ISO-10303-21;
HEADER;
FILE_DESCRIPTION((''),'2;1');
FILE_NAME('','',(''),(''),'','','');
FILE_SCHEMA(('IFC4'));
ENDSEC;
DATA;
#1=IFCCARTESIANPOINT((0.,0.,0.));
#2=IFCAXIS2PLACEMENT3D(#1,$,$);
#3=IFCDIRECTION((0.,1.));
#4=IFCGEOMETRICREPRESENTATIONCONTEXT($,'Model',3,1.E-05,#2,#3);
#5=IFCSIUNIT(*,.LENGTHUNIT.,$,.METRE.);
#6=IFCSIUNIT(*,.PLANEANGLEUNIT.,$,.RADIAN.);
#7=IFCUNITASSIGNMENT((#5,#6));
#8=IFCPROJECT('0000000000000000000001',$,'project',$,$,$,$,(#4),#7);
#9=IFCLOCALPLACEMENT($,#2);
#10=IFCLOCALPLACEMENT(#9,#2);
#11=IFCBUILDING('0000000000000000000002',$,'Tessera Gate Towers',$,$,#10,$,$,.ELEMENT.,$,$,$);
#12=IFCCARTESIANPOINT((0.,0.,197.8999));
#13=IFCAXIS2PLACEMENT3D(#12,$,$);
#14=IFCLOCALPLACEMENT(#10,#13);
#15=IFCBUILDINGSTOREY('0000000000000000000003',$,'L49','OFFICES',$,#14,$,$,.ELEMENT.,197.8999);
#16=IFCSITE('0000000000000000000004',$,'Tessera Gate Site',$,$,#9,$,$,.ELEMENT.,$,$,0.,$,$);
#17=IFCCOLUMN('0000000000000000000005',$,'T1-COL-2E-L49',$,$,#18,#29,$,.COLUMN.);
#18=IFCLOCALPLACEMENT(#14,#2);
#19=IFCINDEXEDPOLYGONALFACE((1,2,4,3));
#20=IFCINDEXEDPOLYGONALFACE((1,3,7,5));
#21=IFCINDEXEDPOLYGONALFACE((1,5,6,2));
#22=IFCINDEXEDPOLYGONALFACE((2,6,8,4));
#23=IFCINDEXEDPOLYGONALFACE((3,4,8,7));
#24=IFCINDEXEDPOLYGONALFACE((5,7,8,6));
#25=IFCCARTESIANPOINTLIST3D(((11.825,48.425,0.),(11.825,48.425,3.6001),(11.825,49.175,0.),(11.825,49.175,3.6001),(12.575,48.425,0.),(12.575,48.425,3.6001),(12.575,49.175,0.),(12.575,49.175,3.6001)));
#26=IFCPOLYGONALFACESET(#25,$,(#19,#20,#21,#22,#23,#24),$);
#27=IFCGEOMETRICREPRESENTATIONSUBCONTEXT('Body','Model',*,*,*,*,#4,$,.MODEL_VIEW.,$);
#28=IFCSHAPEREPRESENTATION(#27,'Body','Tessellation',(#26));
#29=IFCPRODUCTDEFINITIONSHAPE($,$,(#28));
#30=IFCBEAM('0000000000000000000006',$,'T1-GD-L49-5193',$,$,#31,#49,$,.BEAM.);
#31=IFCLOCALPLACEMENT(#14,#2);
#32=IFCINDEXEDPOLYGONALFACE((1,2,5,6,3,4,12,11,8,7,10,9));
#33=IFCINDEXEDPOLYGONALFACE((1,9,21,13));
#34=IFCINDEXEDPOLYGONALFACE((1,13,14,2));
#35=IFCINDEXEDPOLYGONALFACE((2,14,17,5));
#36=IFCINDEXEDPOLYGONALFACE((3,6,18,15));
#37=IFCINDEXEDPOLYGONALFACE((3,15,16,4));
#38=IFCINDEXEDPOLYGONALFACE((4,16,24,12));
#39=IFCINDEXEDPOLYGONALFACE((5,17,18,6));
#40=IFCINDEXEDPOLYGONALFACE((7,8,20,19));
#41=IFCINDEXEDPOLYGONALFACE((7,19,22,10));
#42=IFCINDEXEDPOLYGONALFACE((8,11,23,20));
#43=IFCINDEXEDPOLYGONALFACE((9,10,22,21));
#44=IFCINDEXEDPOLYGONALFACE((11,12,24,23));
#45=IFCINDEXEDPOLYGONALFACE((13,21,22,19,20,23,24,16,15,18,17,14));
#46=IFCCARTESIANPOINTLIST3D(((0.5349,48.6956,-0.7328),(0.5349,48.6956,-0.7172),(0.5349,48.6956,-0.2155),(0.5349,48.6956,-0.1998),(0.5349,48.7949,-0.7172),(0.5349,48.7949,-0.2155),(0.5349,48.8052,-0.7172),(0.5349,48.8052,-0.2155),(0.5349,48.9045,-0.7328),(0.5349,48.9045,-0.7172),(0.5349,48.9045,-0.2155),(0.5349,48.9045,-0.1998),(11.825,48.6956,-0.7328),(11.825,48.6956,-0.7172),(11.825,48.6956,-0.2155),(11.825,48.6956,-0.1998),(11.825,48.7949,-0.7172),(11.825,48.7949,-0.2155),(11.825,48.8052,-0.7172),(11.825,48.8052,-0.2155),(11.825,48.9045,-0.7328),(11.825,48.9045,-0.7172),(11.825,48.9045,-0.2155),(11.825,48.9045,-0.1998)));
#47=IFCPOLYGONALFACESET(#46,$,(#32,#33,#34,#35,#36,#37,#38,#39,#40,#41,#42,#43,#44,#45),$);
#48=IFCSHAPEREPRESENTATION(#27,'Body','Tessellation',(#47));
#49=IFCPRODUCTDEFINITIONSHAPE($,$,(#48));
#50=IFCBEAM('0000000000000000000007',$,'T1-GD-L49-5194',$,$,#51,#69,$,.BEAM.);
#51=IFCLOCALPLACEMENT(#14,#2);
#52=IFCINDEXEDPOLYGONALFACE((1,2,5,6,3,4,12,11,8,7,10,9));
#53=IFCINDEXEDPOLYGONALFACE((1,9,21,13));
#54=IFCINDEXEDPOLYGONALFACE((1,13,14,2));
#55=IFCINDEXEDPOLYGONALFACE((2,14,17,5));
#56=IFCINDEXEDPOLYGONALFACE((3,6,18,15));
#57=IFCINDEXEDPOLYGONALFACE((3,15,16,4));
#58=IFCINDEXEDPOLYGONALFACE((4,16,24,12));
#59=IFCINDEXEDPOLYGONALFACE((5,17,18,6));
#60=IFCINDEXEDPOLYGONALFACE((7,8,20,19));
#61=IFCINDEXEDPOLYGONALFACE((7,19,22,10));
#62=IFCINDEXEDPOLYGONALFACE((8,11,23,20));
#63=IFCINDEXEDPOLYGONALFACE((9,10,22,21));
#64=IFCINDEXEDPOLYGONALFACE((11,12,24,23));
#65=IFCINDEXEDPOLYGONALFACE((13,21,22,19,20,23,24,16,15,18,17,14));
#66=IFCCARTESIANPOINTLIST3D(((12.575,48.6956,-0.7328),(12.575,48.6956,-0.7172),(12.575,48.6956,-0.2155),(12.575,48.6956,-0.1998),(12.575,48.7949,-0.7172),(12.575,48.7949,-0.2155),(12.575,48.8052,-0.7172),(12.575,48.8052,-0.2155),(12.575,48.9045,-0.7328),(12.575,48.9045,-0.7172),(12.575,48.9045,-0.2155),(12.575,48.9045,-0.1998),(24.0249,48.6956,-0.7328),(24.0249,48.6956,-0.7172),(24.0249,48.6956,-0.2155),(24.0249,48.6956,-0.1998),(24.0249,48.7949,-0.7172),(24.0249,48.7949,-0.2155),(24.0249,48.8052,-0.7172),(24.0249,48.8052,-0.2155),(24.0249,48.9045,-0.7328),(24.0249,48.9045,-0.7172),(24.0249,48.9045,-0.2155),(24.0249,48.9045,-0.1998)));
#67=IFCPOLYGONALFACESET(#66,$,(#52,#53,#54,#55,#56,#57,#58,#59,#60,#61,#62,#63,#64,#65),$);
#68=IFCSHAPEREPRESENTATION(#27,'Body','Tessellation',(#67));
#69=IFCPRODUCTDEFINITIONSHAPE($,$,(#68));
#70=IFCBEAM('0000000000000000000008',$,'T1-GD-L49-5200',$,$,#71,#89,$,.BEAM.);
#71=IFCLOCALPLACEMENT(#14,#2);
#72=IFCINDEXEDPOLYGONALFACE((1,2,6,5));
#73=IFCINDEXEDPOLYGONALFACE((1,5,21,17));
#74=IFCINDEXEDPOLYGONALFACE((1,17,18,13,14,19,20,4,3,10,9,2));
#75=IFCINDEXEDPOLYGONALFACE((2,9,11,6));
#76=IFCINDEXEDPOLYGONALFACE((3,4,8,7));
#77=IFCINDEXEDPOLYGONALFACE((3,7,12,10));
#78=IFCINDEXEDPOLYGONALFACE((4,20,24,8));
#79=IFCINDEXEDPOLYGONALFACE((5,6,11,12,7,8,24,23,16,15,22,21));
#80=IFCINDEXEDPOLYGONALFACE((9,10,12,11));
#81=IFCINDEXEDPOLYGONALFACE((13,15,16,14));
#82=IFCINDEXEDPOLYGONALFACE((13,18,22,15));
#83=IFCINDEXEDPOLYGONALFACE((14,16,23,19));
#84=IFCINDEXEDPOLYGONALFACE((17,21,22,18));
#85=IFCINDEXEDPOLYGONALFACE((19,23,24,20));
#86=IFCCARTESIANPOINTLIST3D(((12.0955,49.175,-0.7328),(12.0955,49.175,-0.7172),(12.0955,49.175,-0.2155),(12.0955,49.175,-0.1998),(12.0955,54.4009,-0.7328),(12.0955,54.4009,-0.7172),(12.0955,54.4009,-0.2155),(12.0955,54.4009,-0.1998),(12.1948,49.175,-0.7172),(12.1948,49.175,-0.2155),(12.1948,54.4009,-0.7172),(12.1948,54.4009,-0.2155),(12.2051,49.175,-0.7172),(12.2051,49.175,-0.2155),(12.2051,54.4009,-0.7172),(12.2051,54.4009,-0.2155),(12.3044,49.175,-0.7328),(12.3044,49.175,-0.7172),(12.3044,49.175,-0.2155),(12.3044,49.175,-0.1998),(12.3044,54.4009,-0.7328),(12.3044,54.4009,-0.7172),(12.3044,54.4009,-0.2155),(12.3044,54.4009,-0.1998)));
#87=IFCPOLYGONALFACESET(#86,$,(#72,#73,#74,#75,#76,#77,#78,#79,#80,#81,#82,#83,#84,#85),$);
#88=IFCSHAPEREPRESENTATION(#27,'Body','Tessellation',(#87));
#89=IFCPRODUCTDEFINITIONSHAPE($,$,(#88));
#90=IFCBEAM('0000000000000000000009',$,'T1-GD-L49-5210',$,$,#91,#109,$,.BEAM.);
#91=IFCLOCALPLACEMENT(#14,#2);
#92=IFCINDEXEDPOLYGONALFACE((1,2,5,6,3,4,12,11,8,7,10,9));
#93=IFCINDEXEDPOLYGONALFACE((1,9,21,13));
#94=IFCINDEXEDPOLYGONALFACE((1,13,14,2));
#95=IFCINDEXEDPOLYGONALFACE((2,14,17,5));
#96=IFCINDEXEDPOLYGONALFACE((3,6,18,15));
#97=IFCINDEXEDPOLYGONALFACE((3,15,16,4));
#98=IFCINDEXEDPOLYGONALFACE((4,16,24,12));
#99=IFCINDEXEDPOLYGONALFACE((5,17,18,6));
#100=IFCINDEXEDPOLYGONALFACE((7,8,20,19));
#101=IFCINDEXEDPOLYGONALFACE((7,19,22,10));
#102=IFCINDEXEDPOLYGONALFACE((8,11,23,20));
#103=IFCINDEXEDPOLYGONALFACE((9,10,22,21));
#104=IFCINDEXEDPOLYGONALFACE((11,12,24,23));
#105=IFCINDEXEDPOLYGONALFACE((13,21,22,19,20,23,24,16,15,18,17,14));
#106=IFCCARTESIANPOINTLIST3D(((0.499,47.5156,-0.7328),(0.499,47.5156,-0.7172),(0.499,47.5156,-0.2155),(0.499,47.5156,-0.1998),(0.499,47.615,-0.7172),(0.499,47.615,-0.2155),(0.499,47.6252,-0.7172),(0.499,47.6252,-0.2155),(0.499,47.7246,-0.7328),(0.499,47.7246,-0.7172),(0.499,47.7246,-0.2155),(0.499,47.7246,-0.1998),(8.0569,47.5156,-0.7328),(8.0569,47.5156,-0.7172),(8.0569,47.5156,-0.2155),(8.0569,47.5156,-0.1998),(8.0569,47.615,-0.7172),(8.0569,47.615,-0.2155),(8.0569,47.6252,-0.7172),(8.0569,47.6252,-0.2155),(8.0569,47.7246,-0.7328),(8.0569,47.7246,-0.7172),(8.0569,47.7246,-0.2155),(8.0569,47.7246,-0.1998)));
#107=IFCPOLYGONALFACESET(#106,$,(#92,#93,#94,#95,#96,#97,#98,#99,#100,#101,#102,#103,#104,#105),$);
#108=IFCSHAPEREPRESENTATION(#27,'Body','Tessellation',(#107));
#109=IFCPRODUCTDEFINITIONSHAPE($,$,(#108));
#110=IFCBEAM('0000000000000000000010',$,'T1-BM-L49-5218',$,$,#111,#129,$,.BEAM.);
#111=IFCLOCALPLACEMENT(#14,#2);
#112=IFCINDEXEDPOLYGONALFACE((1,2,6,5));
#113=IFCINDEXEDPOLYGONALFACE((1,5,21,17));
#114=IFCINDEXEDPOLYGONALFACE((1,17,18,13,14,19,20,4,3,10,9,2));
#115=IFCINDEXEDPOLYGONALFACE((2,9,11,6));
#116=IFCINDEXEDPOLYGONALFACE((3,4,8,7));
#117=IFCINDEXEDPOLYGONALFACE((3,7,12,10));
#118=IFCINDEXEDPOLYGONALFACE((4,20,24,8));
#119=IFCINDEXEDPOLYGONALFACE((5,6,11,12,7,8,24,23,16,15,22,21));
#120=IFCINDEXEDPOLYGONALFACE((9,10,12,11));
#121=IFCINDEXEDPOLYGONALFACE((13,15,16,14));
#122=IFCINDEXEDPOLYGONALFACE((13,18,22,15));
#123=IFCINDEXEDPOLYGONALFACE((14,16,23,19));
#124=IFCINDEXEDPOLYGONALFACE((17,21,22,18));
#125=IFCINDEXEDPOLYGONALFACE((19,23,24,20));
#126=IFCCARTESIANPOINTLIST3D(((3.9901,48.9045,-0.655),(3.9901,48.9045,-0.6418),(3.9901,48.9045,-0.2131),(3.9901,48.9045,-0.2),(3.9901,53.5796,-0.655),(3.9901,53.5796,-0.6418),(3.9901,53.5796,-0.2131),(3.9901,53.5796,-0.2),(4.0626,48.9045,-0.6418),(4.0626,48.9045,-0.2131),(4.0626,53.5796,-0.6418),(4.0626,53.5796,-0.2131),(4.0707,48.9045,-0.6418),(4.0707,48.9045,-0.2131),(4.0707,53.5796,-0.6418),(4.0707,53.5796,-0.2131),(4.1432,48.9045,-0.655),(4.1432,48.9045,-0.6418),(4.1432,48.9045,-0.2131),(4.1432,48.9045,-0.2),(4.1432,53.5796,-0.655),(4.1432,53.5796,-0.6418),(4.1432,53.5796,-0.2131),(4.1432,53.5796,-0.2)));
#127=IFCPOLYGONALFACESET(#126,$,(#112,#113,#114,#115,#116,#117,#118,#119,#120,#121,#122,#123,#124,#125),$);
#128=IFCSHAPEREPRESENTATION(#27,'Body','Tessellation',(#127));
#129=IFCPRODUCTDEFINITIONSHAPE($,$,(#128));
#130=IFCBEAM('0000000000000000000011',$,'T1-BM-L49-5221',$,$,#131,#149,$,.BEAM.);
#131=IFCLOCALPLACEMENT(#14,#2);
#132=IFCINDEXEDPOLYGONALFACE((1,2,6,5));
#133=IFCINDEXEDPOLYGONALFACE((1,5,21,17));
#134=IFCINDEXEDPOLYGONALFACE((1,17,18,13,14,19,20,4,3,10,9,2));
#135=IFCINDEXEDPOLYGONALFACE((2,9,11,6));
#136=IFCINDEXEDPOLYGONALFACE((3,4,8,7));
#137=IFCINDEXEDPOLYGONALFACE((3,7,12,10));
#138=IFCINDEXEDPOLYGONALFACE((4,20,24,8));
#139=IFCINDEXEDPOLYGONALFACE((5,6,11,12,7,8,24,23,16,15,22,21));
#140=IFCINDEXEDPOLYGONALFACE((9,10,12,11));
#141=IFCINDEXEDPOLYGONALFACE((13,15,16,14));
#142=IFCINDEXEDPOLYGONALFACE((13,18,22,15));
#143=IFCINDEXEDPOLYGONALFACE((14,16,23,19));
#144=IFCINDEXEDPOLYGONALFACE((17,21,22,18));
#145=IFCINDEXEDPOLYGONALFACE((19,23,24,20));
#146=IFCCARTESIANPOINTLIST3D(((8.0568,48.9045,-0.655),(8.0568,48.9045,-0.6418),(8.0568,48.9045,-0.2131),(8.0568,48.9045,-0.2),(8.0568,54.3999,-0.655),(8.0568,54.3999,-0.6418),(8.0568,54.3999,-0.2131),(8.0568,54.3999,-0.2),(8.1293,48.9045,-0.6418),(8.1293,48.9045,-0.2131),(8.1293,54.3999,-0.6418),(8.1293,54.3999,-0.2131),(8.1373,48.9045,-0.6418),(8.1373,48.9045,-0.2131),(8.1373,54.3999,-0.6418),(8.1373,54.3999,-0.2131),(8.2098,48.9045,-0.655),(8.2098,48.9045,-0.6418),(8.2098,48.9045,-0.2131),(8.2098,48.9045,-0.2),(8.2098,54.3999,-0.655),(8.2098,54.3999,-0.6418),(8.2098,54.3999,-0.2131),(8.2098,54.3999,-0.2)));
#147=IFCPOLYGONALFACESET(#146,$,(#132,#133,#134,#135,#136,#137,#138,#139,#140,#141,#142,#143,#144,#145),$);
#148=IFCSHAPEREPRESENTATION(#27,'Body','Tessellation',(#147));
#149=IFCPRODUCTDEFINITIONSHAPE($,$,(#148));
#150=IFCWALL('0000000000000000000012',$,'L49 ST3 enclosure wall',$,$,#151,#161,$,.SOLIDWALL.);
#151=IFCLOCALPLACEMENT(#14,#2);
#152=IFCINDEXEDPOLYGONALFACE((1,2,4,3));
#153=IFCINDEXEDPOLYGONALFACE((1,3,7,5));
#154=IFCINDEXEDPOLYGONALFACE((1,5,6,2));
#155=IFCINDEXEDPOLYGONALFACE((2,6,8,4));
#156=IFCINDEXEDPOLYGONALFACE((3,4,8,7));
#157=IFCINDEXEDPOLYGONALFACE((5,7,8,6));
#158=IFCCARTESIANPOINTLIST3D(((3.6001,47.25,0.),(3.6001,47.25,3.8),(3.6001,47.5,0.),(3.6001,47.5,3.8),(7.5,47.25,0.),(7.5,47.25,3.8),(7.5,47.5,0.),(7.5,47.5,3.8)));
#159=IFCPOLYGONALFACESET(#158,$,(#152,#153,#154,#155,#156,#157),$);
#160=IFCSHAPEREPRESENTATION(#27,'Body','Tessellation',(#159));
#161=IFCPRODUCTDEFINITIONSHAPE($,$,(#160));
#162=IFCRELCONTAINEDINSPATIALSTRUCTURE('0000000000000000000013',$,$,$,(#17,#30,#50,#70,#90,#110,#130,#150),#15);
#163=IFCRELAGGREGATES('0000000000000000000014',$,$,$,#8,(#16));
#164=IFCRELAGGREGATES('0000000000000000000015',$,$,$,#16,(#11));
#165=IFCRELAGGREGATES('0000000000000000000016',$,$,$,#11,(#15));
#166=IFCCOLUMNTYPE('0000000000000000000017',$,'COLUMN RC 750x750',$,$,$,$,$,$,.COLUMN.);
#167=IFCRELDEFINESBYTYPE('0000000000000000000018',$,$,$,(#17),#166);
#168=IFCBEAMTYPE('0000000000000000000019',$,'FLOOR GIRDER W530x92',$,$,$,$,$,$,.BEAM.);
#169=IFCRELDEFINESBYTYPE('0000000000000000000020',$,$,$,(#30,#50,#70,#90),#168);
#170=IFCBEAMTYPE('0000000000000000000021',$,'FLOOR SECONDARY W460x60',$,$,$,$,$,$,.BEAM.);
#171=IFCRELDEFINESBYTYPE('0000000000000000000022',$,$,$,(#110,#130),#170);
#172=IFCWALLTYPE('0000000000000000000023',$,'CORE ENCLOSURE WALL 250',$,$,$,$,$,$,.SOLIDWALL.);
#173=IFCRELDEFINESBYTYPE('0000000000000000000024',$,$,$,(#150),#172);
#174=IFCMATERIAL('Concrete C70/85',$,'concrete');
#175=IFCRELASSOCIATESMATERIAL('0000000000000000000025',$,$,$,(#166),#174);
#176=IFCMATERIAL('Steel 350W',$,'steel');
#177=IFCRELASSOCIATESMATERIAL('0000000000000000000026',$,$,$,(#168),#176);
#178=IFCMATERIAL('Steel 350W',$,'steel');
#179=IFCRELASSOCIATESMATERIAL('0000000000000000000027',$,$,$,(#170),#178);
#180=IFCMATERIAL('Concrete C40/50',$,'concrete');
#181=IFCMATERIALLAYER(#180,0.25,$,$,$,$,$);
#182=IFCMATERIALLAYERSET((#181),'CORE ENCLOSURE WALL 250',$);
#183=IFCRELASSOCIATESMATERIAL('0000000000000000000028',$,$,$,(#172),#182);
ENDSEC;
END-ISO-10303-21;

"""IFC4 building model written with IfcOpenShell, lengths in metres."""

from ifc_helpers import new_model, si_unit, direction, frame, frame_2d, origin, origin_2d, place, context, subcontext, project, spatial, rectangle, i_section, extrude, material, layer, layer_set, material_profile, profile_set, type_object, element, save


model = new_model("IFC4")

# Units and contexts
model_context = context("Model", 3, precision=1e-05, world=origin(), true_north=direction((0.0, 1.0)))
body_context = subcontext(model_context, "Body", "Model", "MODEL_VIEW")
ifc_project = project(units=[si_unit("LENGTHUNIT", "METRE"), si_unit("PLANEANGLEUNIT", "RADIAN")], contexts=[model_context])

# Site, building, storey
site_placement = place(None, origin())
site = spatial("IfcSite", under=ifc_project, at=site_placement, Name="Tessera Gate Site", CompositionType="ELEMENT", RefElevation=0.0)
building_placement = place(site_placement, origin())
building = spatial("IfcBuilding", under=site, at=building_placement, Name="Tessera Gate Towers", CompositionType="ELEMENT")
storey_placement = place(building_placement, frame((0.0, 0.0, 197.8999)))
storey = spatial("IfcBuildingStorey", under=building, at=storey_placement, Name="L49", Description="OFFICES", CompositionType="ELEMENT", Elevation=197.8999)

# Column
ifc_material_1 = material(Name="Concrete C70/85", Category="concrete")
ifc_material_profile_1 = material_profile(ifc_material_1, rectangle(XDim=0.75, YDim=0.75, at=origin_2d()), Name="RC 750x750")
ifc_profile_set_1 = profile_set([ifc_material_profile_1], Name="Concrete C70/85")
column_type = type_object("IfcColumnType", Name="COLUMN RC 750x750", PredefinedType="COLUMN", material=ifc_profile_set_1)
column_placement = place(storey_placement, frame((12.2, 48.8, 0.0), z_axis=(0.0, 0.0, 1.0), x_axis=(1.0, 0.0, 0.0)))
element("IfcColumn", 1, at=column_placement, inside=storey, type_object=column_type, Name="T1-COL-2E-L49", PredefinedType="COLUMN", context=body_context, shape_type="SweptSolid", body=[
    extrude(rectangle(XDim=0.75, YDim=0.75, at=origin_2d()), origin(), (0.0, 0.0, 1.0), 3.6001),
])

# Beams
ifc_material_2 = material(Name="Steel 350W", Category="steel")
ifc_material_profile_2 = material_profile(ifc_material_2, i_section(OverallWidth=0.209, OverallDepth=0.533, WebThickness=0.0103, FlangeThickness=0.0156, at=origin_2d()), Name="W530x92")
ifc_profile_set_2 = profile_set([ifc_material_profile_2], Name="Steel 350W")
beam_type_1 = type_object("IfcBeamType", Name="FLOOR GIRDER W530x92", PredefinedType="BEAM", material=ifc_profile_set_2)
beam_1_placement = place(storey_placement, frame((0.5349, 48.8, -0.4663), z_axis=(1.0, 0.0, 0.0), x_axis=(0.0, 1.0, 0.0)))
element("IfcBeam", 2, at=beam_1_placement, inside=storey, type_object=beam_type_1, Name="T1-GD-L49-5193", PredefinedType="BEAM", context=body_context, shape_type="SweptSolid", body=[
    extrude(i_section(OverallWidth=0.209, OverallDepth=0.533, WebThickness=0.0103, FlangeThickness=0.0156, at=origin_2d()), origin(), (0.0, 0.0, 1.0), 11.29),
])
beam_2_placement = place(storey_placement, frame((12.575, 48.8, -0.4663), z_axis=(1.0, 0.0, 0.0), x_axis=(0.0, 1.0, 0.0)))
element("IfcBeam", 3, at=beam_2_placement, inside=storey, type_object=beam_type_1, Name="T1-GD-L49-5194", PredefinedType="BEAM", context=body_context, shape_type="SweptSolid", body=[
    extrude(i_section(OverallWidth=0.209, OverallDepth=0.533, WebThickness=0.0103, FlangeThickness=0.0156, at=origin_2d()), origin(), (0.0, 0.0, 1.0), 11.45),
])
beam_3_placement = place(storey_placement, frame((12.2, 49.175, -0.4663), z_axis=(0.0, 1.0, 0.0), x_axis=(-1.0, 0.0, 0.0)))
element("IfcBeam", 4, at=beam_3_placement, inside=storey, type_object=beam_type_1, Name="T1-GD-L49-5200", PredefinedType="BEAM", context=body_context, shape_type="SweptSolid", body=[
    extrude(i_section(OverallWidth=0.209, OverallDepth=0.533, WebThickness=0.0103, FlangeThickness=0.0156, at=origin_2d()), origin(), (0.0, 0.0, 1.0), 5.2258),
])
beam_4_placement = place(storey_placement, frame((0.499, 47.6201, -0.4663), z_axis=(1.0, 0.0, 0.0), x_axis=(0.0, 1.0, 0.0)))
element("IfcBeam", 5, at=beam_4_placement, inside=storey, type_object=beam_type_1, Name="T1-GD-L49-5210", PredefinedType="BEAM", context=body_context, shape_type="SweptSolid", body=[
    extrude(i_section(OverallWidth=0.209, OverallDepth=0.533, WebThickness=0.0103, FlangeThickness=0.0156, at=origin_2d()), origin(), (0.0, 0.0, 1.0), 7.5579),
])
ifc_material_3 = material(Name="Steel 350W", Category="steel")
ifc_material_profile_3 = material_profile(ifc_material_3, i_section(OverallWidth=0.1531, OverallDepth=0.4551, WebThickness=0.0081, FlangeThickness=0.0132, at=origin_2d()), Name="W460x60")
ifc_profile_set_3 = profile_set([ifc_material_profile_3], Name="Steel 350W")
beam_type_2 = type_object("IfcBeamType", Name="FLOOR SECONDARY W460x60", PredefinedType="BEAM", material=ifc_profile_set_3)
beam_5_placement = place(storey_placement, frame((4.0667, 48.9045, -0.4275), z_axis=(0.0, 1.0, 0.0), x_axis=(-1.0, 0.0, 0.0)))
element("IfcBeam", 6, at=beam_5_placement, inside=storey, type_object=beam_type_2, Name="T1-BM-L49-5218", PredefinedType="BEAM", context=body_context, shape_type="SweptSolid", body=[
    extrude(i_section(OverallWidth=0.1531, OverallDepth=0.4551, WebThickness=0.0081, FlangeThickness=0.0132, at=origin_2d()), origin(), (0.0, 0.0, 1.0), 4.675),
])
beam_6_placement = place(storey_placement, frame((8.1333, 48.9045, -0.4275), z_axis=(0.0, 1.0, 0.0), x_axis=(-1.0, 0.0, 0.0)))
element("IfcBeam", 7, at=beam_6_placement, inside=storey, type_object=beam_type_2, Name="T1-BM-L49-5221", PredefinedType="BEAM", context=body_context, shape_type="SweptSolid", body=[
    extrude(i_section(OverallWidth=0.1531, OverallDepth=0.4551, WebThickness=0.0081, FlangeThickness=0.0132, at=origin_2d()), origin(), (0.0, 0.0, 1.0), 5.4954),
])

# Wall
ifc_material_4 = material(Name="Concrete C40/50", Category="concrete")
ifc_layer_1 = layer(ifc_material_4, 0.25)
ifc_layer_set_1 = layer_set([ifc_layer_1], Name="CORE ENCLOSURE WALL 250")
wall_type_1 = type_object("IfcWallType", Name="CORE ENCLOSURE WALL 250", PredefinedType="SOLIDWALL", material=ifc_layer_set_1)
wall_1_placement = place(storey_placement, frame((3.6001, 47.375, 0.0), z_axis=(0.0, 0.0, 1.0), x_axis=(1.0, 0.0, 0.0)))
element("IfcWall", 8, at=wall_1_placement, inside=storey, type_object=wall_type_1, Name="L49 ST3 enclosure wall", PredefinedType="SOLIDWALL", context=body_context, shape_type="SweptSolid", body=[
    extrude(rectangle(XDim=3.8999, YDim=0.25, at=frame_2d((1.95, 0.0))), origin(), (0.0, 0.0, 1.0), 3.8),
])

save(model, "model.ifc")
